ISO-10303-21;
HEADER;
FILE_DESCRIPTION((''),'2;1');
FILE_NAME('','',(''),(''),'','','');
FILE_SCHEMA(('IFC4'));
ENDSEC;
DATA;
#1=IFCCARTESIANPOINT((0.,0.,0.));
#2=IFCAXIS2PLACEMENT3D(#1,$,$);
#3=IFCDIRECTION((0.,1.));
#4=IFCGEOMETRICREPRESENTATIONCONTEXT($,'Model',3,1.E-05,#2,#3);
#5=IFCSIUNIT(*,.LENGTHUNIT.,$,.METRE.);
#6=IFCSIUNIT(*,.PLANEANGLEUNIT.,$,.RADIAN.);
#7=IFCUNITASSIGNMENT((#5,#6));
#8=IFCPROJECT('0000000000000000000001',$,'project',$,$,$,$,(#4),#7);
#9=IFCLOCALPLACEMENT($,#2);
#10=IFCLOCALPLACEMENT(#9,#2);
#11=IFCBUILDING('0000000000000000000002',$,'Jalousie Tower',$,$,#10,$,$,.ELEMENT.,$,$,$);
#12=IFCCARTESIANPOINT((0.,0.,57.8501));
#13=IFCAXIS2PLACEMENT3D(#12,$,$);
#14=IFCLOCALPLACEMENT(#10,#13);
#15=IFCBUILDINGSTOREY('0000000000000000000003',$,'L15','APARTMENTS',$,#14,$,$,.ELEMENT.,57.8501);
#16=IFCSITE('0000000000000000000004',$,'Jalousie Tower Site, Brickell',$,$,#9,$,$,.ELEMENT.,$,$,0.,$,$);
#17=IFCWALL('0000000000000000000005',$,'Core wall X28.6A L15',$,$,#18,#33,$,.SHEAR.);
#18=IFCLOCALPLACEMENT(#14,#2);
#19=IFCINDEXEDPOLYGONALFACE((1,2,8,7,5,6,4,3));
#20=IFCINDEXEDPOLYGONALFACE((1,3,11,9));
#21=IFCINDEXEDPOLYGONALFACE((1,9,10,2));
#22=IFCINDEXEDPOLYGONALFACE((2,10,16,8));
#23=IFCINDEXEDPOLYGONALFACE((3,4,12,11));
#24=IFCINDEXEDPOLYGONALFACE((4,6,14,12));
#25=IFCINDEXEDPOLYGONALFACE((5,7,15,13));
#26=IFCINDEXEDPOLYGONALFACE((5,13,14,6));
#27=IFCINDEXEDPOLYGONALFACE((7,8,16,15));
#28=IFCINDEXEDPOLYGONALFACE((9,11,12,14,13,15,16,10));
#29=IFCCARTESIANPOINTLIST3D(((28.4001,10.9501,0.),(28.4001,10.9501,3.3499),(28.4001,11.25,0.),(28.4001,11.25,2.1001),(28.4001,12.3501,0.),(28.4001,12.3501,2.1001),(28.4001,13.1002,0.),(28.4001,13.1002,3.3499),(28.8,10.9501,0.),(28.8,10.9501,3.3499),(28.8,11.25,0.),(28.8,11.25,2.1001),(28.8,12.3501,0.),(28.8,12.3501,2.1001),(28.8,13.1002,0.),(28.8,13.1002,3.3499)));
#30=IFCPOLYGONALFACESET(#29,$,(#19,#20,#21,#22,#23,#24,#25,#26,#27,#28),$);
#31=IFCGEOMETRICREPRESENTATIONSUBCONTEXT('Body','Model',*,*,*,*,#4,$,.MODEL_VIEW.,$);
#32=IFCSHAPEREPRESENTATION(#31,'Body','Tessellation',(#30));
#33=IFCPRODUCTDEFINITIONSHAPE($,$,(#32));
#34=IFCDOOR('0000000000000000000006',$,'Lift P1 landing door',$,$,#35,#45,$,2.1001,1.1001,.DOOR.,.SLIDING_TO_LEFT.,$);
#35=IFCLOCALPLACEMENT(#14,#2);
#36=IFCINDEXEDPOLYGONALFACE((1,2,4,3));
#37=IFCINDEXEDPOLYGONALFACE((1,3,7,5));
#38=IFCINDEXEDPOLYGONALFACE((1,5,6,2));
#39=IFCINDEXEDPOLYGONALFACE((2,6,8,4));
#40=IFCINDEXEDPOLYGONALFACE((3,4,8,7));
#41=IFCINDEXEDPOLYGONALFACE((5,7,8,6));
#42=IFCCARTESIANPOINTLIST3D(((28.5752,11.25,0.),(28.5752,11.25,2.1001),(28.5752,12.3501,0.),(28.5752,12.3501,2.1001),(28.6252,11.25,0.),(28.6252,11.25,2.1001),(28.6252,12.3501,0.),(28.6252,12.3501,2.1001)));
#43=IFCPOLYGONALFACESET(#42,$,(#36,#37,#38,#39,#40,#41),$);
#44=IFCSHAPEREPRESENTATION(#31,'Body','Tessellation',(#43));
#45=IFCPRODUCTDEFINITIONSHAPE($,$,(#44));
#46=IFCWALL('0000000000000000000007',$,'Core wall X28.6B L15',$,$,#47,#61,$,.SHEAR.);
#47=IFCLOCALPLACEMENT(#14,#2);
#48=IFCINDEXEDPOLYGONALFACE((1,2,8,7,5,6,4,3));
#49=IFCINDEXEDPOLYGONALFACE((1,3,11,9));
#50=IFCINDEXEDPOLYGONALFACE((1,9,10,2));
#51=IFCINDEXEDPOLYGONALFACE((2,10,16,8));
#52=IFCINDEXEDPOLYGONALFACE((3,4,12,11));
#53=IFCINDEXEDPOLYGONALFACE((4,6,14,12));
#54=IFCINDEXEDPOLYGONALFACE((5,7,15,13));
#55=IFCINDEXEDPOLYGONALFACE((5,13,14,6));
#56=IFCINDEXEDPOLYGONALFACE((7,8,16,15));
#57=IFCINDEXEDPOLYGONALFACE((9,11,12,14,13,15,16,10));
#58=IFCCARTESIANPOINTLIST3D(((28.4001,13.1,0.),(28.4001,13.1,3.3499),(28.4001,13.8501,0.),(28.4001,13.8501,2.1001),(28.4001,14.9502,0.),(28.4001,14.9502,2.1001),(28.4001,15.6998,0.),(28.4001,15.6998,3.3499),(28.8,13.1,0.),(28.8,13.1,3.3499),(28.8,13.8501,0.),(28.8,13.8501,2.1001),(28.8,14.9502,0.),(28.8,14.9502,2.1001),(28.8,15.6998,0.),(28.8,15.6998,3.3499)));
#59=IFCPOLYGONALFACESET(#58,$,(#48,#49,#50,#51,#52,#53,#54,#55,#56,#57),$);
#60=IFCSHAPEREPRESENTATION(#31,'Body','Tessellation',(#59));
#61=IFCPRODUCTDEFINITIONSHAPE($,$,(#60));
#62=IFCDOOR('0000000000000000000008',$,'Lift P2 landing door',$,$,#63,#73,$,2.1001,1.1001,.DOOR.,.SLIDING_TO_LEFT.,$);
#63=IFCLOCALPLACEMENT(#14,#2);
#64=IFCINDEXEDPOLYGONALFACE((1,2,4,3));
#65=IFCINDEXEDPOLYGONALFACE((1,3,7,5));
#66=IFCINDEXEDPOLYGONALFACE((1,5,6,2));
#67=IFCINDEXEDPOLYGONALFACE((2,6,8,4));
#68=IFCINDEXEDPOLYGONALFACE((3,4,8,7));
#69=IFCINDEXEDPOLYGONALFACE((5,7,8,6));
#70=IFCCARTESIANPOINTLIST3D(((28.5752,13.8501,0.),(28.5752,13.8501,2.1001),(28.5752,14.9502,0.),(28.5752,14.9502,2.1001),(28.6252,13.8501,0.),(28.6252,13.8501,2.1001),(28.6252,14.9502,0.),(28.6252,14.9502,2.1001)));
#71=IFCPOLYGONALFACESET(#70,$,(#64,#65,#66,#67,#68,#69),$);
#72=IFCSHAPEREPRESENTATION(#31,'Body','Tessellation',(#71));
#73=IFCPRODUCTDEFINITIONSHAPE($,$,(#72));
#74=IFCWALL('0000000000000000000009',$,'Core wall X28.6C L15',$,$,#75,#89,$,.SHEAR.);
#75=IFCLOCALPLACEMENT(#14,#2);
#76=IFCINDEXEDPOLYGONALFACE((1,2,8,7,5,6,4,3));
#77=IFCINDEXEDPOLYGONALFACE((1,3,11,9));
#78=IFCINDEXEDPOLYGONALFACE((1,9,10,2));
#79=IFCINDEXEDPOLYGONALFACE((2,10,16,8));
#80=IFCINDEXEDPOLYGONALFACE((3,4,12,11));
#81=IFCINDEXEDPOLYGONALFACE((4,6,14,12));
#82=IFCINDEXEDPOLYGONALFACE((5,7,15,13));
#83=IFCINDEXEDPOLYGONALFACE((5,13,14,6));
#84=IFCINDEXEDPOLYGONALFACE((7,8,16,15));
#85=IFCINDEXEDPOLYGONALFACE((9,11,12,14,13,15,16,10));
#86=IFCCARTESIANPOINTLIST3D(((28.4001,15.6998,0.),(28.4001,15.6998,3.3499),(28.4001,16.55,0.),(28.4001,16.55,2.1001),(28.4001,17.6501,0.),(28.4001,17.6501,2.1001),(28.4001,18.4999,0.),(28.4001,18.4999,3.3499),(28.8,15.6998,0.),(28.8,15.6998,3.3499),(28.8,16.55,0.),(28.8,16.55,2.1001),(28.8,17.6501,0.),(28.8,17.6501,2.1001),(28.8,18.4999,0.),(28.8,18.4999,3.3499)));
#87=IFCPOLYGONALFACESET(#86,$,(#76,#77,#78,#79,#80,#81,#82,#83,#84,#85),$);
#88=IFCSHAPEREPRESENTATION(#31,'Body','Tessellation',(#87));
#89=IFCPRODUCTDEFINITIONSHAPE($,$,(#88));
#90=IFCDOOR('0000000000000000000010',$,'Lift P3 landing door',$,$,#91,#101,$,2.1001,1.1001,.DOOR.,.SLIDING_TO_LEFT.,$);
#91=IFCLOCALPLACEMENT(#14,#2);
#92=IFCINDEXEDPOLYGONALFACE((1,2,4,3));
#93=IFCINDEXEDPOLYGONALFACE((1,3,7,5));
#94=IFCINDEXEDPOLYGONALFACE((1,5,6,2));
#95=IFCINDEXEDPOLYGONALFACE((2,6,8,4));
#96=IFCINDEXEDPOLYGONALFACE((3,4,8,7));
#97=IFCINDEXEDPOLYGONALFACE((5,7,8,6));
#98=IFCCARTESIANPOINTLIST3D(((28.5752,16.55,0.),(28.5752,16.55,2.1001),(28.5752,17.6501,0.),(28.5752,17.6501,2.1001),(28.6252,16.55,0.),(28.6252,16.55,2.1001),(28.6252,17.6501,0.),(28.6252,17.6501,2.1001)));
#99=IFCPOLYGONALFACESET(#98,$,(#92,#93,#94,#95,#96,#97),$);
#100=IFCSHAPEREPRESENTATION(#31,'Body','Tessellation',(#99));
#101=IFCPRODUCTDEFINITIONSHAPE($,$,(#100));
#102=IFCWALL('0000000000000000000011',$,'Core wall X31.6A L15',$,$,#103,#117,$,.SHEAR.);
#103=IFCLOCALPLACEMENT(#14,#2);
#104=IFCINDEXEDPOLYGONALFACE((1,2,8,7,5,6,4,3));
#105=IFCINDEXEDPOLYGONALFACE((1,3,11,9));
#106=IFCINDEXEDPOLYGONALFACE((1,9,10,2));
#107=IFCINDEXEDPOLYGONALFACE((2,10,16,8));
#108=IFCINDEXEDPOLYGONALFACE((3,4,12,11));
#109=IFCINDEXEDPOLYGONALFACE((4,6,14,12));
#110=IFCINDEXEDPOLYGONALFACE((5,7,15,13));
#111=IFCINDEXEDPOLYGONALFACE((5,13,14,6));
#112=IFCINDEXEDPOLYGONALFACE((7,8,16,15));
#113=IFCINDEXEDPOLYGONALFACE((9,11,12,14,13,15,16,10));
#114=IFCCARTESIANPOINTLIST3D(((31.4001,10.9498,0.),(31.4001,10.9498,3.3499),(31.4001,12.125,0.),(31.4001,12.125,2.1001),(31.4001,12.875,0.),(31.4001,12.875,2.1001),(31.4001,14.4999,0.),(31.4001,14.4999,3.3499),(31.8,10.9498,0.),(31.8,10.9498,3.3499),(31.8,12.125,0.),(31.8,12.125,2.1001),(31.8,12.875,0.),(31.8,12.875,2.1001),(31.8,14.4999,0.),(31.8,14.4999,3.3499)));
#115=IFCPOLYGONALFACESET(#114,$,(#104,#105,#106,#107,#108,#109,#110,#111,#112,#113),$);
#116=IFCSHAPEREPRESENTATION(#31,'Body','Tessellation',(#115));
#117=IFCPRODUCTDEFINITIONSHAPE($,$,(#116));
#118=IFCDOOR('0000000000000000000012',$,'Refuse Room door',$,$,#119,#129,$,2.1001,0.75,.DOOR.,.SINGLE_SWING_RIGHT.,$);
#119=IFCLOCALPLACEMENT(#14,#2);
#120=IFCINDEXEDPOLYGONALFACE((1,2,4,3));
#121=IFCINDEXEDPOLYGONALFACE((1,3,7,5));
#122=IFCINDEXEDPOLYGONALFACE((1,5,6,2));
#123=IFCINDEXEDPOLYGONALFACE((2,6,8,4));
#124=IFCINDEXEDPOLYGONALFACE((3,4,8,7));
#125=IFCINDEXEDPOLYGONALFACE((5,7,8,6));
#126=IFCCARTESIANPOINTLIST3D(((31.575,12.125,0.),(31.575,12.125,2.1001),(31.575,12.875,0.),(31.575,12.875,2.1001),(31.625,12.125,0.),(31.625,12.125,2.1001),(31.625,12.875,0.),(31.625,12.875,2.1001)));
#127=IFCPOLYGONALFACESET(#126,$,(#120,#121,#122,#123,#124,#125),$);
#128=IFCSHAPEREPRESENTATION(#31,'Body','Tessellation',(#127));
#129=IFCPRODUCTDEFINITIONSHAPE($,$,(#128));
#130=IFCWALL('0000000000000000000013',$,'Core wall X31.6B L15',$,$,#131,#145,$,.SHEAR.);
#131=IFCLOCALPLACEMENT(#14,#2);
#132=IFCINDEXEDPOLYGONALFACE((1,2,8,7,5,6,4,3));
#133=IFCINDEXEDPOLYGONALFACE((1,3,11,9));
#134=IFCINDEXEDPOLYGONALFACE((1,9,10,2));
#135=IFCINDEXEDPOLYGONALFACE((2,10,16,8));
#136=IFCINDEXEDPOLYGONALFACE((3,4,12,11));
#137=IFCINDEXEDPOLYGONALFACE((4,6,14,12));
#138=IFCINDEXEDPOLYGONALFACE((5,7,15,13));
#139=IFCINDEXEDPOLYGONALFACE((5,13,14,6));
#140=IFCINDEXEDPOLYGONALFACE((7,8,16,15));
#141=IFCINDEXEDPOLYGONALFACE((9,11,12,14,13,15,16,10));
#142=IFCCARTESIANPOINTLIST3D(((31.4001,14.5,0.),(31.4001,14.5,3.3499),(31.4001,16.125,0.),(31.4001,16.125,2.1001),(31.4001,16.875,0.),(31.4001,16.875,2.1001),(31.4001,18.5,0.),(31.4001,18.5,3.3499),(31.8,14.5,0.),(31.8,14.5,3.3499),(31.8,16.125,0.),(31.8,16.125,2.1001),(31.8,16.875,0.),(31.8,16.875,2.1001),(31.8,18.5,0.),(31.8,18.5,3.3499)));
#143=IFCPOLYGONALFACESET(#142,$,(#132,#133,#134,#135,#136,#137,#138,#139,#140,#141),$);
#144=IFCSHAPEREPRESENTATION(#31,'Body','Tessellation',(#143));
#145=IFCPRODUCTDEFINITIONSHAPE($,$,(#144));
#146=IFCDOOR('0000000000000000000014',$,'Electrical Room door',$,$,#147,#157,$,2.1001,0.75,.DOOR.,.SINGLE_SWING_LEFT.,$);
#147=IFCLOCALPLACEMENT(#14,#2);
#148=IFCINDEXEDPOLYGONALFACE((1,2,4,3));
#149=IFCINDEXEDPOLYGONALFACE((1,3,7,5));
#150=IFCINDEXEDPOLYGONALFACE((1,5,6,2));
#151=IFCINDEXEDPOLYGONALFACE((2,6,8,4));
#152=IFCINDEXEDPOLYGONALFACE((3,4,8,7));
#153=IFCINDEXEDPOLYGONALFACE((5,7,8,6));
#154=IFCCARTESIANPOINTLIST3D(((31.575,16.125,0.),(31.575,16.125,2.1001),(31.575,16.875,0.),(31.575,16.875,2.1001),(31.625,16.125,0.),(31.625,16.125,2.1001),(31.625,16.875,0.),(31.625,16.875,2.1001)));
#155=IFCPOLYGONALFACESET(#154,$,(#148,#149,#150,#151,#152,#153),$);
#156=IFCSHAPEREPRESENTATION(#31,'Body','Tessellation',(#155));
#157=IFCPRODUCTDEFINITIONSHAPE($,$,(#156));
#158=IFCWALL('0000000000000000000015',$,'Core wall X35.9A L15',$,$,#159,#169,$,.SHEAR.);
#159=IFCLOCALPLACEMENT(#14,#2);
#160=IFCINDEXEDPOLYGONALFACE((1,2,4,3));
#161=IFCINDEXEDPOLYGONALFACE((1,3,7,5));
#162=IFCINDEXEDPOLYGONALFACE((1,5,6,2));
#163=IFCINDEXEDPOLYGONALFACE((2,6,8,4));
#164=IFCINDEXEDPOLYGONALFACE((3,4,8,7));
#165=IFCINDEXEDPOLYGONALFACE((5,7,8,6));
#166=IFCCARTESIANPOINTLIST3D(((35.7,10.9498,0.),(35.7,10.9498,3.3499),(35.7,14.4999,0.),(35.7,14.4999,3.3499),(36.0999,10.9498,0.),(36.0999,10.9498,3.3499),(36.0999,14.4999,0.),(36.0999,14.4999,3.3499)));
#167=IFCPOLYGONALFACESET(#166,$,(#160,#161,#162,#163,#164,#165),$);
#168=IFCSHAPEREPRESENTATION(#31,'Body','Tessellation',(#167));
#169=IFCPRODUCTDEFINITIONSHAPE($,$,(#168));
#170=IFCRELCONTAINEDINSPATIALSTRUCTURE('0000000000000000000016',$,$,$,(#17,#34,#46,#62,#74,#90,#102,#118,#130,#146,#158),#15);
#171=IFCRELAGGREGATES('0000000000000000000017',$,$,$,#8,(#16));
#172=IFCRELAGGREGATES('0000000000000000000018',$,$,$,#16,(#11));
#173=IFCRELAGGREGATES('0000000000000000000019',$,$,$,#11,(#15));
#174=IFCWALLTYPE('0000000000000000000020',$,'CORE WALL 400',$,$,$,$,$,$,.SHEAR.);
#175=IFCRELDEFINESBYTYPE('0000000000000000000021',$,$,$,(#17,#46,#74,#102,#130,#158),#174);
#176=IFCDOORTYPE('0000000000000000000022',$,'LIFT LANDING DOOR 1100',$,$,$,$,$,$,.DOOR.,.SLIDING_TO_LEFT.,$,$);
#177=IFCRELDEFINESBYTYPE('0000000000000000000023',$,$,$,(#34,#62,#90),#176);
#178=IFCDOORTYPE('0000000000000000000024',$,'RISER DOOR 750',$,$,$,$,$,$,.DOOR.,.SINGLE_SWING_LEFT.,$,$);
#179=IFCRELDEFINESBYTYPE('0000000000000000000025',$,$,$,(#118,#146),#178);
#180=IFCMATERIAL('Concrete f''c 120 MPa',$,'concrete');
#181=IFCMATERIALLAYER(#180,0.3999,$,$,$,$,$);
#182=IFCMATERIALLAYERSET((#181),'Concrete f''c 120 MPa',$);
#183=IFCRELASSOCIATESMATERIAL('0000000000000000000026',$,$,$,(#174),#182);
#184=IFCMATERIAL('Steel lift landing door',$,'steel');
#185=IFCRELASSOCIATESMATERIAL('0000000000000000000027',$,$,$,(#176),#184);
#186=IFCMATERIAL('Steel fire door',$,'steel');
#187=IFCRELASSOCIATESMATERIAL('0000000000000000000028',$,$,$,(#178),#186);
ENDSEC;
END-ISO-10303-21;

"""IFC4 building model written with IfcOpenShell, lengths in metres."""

from ifc_helpers import new_model, si_unit, direction, frame, frame_2d, origin, place, context, subcontext, project, spatial, rectangle, extrude, material, layer, layer_set, type_object, element, fill, save


model = new_model("IFC4")

# Units and contexts
model_context = context("Model", 3, precision=1e-05, world=origin(), true_north=direction((0.0, 1.0)))
body_context = subcontext(model_context, "Body", "Model", "MODEL_VIEW")
ifc_project = project(units=[si_unit("LENGTHUNIT", "METRE"), si_unit("PLANEANGLEUNIT", "RADIAN")], contexts=[model_context])

# Site, building, storey
site_placement = place(None, origin())
site = spatial("IfcSite", under=ifc_project, at=site_placement, Name="Jalousie Tower Site, Brickell", CompositionType="ELEMENT", RefElevation=0.0)
building_placement = place(site_placement, origin())
building = spatial("IfcBuilding", under=site, at=building_placement, Name="Jalousie Tower", CompositionType="ELEMENT")
storey_placement = place(building_placement, frame((0.0, 0.0, 57.8501)))
storey = spatial("IfcBuildingStorey", under=building, at=storey_placement, Name="L15", Description="APARTMENTS", CompositionType="ELEMENT", Elevation=57.8501)

# Walls, openings, doors
ifc_material_1 = material(Name="Concrete f'c 120 MPa", Category="concrete")
ifc_layer = layer(ifc_material_1, 0.3999)
ifc_layer_set = layer_set([ifc_layer], Name="Concrete f'c 120 MPa")
wall_type = type_object("IfcWallType", Name="CORE WALL 400", PredefinedType="SHEAR", material=ifc_layer_set)
wall_1_placement = place(storey_placement, frame((28.6001, 10.95, 0.0), z_axis=(0.0, 0.0, 1.0), x_axis=(0.0, 1.0, 0.0)))
wall_1 = element("IfcWall", 1, at=wall_1_placement, inside=storey, type_object=wall_type, Name="Core wall X28.6A L15", PredefinedType="SHEAR", context=body_context, shape_type="SweptSolid", body=[
    extrude(rectangle(XDim=2.1501, YDim=0.3999, at=frame_2d((1.0752, 0.0))), origin(), (0.0, 0.0, 1.0), 3.3499),
])
opening_1_placement = place(wall_1_placement, frame((0.3, 0.0, 0.0)))
opening_1 = element("IfcOpeningElement", 2, at=opening_1_placement, cuts=wall_1, PredefinedType="OPENING", context=body_context, shape_type="SweptSolid", body=[
    extrude(rectangle(XDim=1.1001, YDim=2.1001, at=frame_2d((0.55, 1.05))), frame((0.0, 0.21, 0.0), z_axis=(0.0, -1.0, 0.0), x_axis=(1.0, 0.0, 0.0)), (0.0, 0.0, 1.0), 0.4199),
])
ifc_material_2 = material(Name="Steel lift landing door", Category="steel")
door_type_1 = type_object("IfcDoorType", Name="LIFT LANDING DOOR 1100", OperationType="SLIDING_TO_LEFT", PredefinedType="DOOR", material=ifc_material_2)
door_1_placement = place(opening_1_placement, origin())
door_1 = element("IfcDoor", 3, at=door_1_placement, inside=storey, type_object=door_type_1, Name="Lift P1 landing door", OperationType="SLIDING_TO_LEFT", OverallHeight=2.1001, OverallWidth=1.1001, PredefinedType="DOOR", context=body_context, shape_type="SweptSolid", body=[
    extrude(rectangle(XDim=1.1001, YDim=2.1001, at=frame_2d((0.55, 1.05))), frame((0.0, 0.0249, 0.0), z_axis=(0.0, -1.0, 0.0), x_axis=(1.0, 0.0, 0.0)), (0.0, 0.0, 1.0), 0.05),
])
fill(opening_1, door_1)
wall_2_placement = place(storey_placement, frame((28.6001, 13.1001, 0.0), z_axis=(0.0, 0.0, 1.0), x_axis=(0.0, 1.0, 0.0)))
wall_2 = element("IfcWall", 4, at=wall_2_placement, inside=storey, type_object=wall_type, Name="Core wall X28.6B L15", PredefinedType="SHEAR", context=body_context, shape_type="SweptSolid", body=[
    extrude(rectangle(XDim=2.5999, YDim=0.3999, at=frame_2d((1.2998, 0.0))), origin(), (0.0, 0.0, 1.0), 3.3499),
])
opening_2_placement = place(wall_2_placement, frame((0.75, 0.0, 0.0)))
opening_2 = element("IfcOpeningElement", 5, at=opening_2_placement, cuts=wall_2, PredefinedType="OPENING", context=body_context, shape_type="SweptSolid", body=[
    extrude(rectangle(XDim=1.1001, YDim=2.1001, at=frame_2d((0.55, 1.05))), frame((0.0, 0.21, 0.0), z_axis=(0.0, -1.0, 0.0), x_axis=(1.0, 0.0, 0.0)), (0.0, 0.0, 1.0), 0.4199),
])
door_2_placement = place(opening_2_placement, origin())
door_2 = element("IfcDoor", 6, at=door_2_placement, inside=storey, type_object=door_type_1, Name="Lift P2 landing door", OperationType="SLIDING_TO_LEFT", OverallHeight=2.1001, OverallWidth=1.1001, PredefinedType="DOOR", context=body_context, shape_type="SweptSolid", body=[
    extrude(rectangle(XDim=1.1001, YDim=2.1001, at=frame_2d((0.55, 1.05))), frame((0.0, 0.0249, 0.0), z_axis=(0.0, -1.0, 0.0), x_axis=(1.0, 0.0, 0.0)), (0.0, 0.0, 1.0), 0.05),
])
fill(opening_2, door_2)
wall_3_placement = place(storey_placement, frame((28.6001, 15.7, 0.0), z_axis=(0.0, 0.0, 1.0), x_axis=(0.0, 1.0, 0.0)))
wall_3 = element("IfcWall", 7, at=wall_3_placement, inside=storey, type_object=wall_type, Name="Core wall X28.6C L15", PredefinedType="SHEAR", context=body_context, shape_type="SweptSolid", body=[
    extrude(rectangle(XDim=2.8, YDim=0.3999, at=frame_2d((1.3999, 0.0))), origin(), (0.0, 0.0, 1.0), 3.3499),
])
opening_3_placement = place(wall_3_placement, frame((0.8501, 0.0, 0.0)))
opening_3 = element("IfcOpeningElement", 8, at=opening_3_placement, cuts=wall_3, PredefinedType="OPENING", context=body_context, shape_type="SweptSolid", body=[
    extrude(rectangle(XDim=1.1001, YDim=2.1001, at=frame_2d((0.55, 1.05))), frame((0.0, 0.21, 0.0), z_axis=(0.0, -1.0, 0.0), x_axis=(1.0, 0.0, 0.0)), (0.0, 0.0, 1.0), 0.4199),
])
door_3_placement = place(opening_3_placement, origin())
door_3 = element("IfcDoor", 9, at=door_3_placement, inside=storey, type_object=door_type_1, Name="Lift P3 landing door", OperationType="SLIDING_TO_LEFT", OverallHeight=2.1001, OverallWidth=1.1001, PredefinedType="DOOR", context=body_context, shape_type="SweptSolid", body=[
    extrude(rectangle(XDim=1.1001, YDim=2.1001, at=frame_2d((0.55, 1.05))), frame((0.0, 0.0249, 0.0), z_axis=(0.0, -1.0, 0.0), x_axis=(1.0, 0.0, 0.0)), (0.0, 0.0, 1.0), 0.05),
])
fill(opening_3, door_3)
wall_4_placement = place(storey_placement, frame((31.6001, 10.95, 0.0), z_axis=(0.0, 0.0, 1.0), x_axis=(0.0, 1.0, 0.0)))
wall_4 = element("IfcWall", 10, at=wall_4_placement, inside=storey, type_object=wall_type, Name="Core wall X31.6A L15", PredefinedType="SHEAR", context=body_context, shape_type="SweptSolid", body=[
    extrude(rectangle(XDim=3.55, YDim=0.3999, at=frame_2d((1.7749, 0.0))), origin(), (0.0, 0.0, 1.0), 3.3499),
])
opening_4_placement = place(wall_4_placement, frame((1.175, 0.0, 0.0)))
opening_4 = element("IfcOpeningElement", 11, at=opening_4_placement, cuts=wall_4, PredefinedType="OPENING", context=body_context, shape_type="SweptSolid", body=[
    extrude(rectangle(XDim=0.75, YDim=2.1001, at=frame_2d((0.375, 1.05))), frame((0.0, 0.21, 0.0), z_axis=(0.0, -1.0, 0.0), x_axis=(1.0, 0.0, 0.0)), (0.0, 0.0, 1.0), 0.4199),
])
ifc_material_3 = material(Name="Steel fire door", Category="steel")
door_type_2 = type_object("IfcDoorType", Name="RISER DOOR 750", OperationType="SINGLE_SWING_LEFT", PredefinedType="DOOR", material=ifc_material_3)
door_4_placement = place(opening_4_placement, frame((0.75, 0.0, 0.0), z_axis=(0.0, 0.0, 1.0), x_axis=(-1.0, 0.0, 0.0)))
door_4 = element("IfcDoor", 12, at=door_4_placement, inside=storey, type_object=door_type_2, Name="Refuse Room door", OperationType="SINGLE_SWING_RIGHT", OverallHeight=2.1001, OverallWidth=0.75, PredefinedType="DOOR", context=body_context, shape_type="SweptSolid", body=[
    extrude(rectangle(XDim=0.75, YDim=2.1001, at=frame_2d((0.375, 1.05))), frame((0.0, 0.0249, 0.0), z_axis=(0.0, -1.0, 0.0), x_axis=(1.0, 0.0, 0.0)), (0.0, 0.0, 1.0), 0.05),
])
fill(opening_4, door_4)
wall_5_placement = place(storey_placement, frame((31.6001, 14.5, 0.0), z_axis=(0.0, 0.0, 1.0), x_axis=(0.0, 1.0, 0.0)))
wall_5 = element("IfcWall", 13, at=wall_5_placement, inside=storey, type_object=wall_type, Name="Core wall X31.6B L15", PredefinedType="SHEAR", context=body_context, shape_type="SweptSolid", body=[
    extrude(rectangle(XDim=4.0, YDim=0.3999, at=frame_2d((2.0, 0.0))), origin(), (0.0, 0.0, 1.0), 3.3499),
])
opening_5_placement = place(wall_5_placement, frame((1.625, 0.0, 0.0)))
opening_5 = element("IfcOpeningElement", 14, at=opening_5_placement, cuts=wall_5, PredefinedType="OPENING", context=body_context, shape_type="SweptSolid", body=[
    extrude(rectangle(XDim=0.75, YDim=2.1001, at=frame_2d((0.375, 1.05))), frame((0.0, 0.21, 0.0), z_axis=(0.0, -1.0, 0.0), x_axis=(1.0, 0.0, 0.0)), (0.0, 0.0, 1.0), 0.4199),
])
door_5_placement = place(opening_5_placement, frame((0.75, 0.0, 0.0), z_axis=(0.0, 0.0, 1.0), x_axis=(-1.0, 0.0, 0.0)))
door_5 = element("IfcDoor", 15, at=door_5_placement, inside=storey, type_object=door_type_2, Name="Electrical Room door", OperationType="SINGLE_SWING_LEFT", OverallHeight=2.1001, OverallWidth=0.75, PredefinedType="DOOR", context=body_context, shape_type="SweptSolid", body=[
    extrude(rectangle(XDim=0.75, YDim=2.1001, at=frame_2d((0.375, 1.05))), frame((0.0, 0.0249, 0.0), z_axis=(0.0, -1.0, 0.0), x_axis=(1.0, 0.0, 0.0)), (0.0, 0.0, 1.0), 0.05),
])
fill(opening_5, door_5)

# Wall
wall_6_placement = place(storey_placement, frame((35.8999, 10.95, 0.0), z_axis=(0.0, 0.0, 1.0), x_axis=(0.0, 1.0, 0.0)))
element("IfcWall", 16, at=wall_6_placement, inside=storey, type_object=wall_type, Name="Core wall X35.9A L15", PredefinedType="SHEAR", context=body_context, shape_type="SweptSolid", body=[
    extrude(rectangle(XDim=3.55, YDim=0.3999, at=frame_2d((1.7749, 0.0))), origin(), (0.0, 0.0, 1.0), 3.3499),
])

save(model, "model.ifc")
